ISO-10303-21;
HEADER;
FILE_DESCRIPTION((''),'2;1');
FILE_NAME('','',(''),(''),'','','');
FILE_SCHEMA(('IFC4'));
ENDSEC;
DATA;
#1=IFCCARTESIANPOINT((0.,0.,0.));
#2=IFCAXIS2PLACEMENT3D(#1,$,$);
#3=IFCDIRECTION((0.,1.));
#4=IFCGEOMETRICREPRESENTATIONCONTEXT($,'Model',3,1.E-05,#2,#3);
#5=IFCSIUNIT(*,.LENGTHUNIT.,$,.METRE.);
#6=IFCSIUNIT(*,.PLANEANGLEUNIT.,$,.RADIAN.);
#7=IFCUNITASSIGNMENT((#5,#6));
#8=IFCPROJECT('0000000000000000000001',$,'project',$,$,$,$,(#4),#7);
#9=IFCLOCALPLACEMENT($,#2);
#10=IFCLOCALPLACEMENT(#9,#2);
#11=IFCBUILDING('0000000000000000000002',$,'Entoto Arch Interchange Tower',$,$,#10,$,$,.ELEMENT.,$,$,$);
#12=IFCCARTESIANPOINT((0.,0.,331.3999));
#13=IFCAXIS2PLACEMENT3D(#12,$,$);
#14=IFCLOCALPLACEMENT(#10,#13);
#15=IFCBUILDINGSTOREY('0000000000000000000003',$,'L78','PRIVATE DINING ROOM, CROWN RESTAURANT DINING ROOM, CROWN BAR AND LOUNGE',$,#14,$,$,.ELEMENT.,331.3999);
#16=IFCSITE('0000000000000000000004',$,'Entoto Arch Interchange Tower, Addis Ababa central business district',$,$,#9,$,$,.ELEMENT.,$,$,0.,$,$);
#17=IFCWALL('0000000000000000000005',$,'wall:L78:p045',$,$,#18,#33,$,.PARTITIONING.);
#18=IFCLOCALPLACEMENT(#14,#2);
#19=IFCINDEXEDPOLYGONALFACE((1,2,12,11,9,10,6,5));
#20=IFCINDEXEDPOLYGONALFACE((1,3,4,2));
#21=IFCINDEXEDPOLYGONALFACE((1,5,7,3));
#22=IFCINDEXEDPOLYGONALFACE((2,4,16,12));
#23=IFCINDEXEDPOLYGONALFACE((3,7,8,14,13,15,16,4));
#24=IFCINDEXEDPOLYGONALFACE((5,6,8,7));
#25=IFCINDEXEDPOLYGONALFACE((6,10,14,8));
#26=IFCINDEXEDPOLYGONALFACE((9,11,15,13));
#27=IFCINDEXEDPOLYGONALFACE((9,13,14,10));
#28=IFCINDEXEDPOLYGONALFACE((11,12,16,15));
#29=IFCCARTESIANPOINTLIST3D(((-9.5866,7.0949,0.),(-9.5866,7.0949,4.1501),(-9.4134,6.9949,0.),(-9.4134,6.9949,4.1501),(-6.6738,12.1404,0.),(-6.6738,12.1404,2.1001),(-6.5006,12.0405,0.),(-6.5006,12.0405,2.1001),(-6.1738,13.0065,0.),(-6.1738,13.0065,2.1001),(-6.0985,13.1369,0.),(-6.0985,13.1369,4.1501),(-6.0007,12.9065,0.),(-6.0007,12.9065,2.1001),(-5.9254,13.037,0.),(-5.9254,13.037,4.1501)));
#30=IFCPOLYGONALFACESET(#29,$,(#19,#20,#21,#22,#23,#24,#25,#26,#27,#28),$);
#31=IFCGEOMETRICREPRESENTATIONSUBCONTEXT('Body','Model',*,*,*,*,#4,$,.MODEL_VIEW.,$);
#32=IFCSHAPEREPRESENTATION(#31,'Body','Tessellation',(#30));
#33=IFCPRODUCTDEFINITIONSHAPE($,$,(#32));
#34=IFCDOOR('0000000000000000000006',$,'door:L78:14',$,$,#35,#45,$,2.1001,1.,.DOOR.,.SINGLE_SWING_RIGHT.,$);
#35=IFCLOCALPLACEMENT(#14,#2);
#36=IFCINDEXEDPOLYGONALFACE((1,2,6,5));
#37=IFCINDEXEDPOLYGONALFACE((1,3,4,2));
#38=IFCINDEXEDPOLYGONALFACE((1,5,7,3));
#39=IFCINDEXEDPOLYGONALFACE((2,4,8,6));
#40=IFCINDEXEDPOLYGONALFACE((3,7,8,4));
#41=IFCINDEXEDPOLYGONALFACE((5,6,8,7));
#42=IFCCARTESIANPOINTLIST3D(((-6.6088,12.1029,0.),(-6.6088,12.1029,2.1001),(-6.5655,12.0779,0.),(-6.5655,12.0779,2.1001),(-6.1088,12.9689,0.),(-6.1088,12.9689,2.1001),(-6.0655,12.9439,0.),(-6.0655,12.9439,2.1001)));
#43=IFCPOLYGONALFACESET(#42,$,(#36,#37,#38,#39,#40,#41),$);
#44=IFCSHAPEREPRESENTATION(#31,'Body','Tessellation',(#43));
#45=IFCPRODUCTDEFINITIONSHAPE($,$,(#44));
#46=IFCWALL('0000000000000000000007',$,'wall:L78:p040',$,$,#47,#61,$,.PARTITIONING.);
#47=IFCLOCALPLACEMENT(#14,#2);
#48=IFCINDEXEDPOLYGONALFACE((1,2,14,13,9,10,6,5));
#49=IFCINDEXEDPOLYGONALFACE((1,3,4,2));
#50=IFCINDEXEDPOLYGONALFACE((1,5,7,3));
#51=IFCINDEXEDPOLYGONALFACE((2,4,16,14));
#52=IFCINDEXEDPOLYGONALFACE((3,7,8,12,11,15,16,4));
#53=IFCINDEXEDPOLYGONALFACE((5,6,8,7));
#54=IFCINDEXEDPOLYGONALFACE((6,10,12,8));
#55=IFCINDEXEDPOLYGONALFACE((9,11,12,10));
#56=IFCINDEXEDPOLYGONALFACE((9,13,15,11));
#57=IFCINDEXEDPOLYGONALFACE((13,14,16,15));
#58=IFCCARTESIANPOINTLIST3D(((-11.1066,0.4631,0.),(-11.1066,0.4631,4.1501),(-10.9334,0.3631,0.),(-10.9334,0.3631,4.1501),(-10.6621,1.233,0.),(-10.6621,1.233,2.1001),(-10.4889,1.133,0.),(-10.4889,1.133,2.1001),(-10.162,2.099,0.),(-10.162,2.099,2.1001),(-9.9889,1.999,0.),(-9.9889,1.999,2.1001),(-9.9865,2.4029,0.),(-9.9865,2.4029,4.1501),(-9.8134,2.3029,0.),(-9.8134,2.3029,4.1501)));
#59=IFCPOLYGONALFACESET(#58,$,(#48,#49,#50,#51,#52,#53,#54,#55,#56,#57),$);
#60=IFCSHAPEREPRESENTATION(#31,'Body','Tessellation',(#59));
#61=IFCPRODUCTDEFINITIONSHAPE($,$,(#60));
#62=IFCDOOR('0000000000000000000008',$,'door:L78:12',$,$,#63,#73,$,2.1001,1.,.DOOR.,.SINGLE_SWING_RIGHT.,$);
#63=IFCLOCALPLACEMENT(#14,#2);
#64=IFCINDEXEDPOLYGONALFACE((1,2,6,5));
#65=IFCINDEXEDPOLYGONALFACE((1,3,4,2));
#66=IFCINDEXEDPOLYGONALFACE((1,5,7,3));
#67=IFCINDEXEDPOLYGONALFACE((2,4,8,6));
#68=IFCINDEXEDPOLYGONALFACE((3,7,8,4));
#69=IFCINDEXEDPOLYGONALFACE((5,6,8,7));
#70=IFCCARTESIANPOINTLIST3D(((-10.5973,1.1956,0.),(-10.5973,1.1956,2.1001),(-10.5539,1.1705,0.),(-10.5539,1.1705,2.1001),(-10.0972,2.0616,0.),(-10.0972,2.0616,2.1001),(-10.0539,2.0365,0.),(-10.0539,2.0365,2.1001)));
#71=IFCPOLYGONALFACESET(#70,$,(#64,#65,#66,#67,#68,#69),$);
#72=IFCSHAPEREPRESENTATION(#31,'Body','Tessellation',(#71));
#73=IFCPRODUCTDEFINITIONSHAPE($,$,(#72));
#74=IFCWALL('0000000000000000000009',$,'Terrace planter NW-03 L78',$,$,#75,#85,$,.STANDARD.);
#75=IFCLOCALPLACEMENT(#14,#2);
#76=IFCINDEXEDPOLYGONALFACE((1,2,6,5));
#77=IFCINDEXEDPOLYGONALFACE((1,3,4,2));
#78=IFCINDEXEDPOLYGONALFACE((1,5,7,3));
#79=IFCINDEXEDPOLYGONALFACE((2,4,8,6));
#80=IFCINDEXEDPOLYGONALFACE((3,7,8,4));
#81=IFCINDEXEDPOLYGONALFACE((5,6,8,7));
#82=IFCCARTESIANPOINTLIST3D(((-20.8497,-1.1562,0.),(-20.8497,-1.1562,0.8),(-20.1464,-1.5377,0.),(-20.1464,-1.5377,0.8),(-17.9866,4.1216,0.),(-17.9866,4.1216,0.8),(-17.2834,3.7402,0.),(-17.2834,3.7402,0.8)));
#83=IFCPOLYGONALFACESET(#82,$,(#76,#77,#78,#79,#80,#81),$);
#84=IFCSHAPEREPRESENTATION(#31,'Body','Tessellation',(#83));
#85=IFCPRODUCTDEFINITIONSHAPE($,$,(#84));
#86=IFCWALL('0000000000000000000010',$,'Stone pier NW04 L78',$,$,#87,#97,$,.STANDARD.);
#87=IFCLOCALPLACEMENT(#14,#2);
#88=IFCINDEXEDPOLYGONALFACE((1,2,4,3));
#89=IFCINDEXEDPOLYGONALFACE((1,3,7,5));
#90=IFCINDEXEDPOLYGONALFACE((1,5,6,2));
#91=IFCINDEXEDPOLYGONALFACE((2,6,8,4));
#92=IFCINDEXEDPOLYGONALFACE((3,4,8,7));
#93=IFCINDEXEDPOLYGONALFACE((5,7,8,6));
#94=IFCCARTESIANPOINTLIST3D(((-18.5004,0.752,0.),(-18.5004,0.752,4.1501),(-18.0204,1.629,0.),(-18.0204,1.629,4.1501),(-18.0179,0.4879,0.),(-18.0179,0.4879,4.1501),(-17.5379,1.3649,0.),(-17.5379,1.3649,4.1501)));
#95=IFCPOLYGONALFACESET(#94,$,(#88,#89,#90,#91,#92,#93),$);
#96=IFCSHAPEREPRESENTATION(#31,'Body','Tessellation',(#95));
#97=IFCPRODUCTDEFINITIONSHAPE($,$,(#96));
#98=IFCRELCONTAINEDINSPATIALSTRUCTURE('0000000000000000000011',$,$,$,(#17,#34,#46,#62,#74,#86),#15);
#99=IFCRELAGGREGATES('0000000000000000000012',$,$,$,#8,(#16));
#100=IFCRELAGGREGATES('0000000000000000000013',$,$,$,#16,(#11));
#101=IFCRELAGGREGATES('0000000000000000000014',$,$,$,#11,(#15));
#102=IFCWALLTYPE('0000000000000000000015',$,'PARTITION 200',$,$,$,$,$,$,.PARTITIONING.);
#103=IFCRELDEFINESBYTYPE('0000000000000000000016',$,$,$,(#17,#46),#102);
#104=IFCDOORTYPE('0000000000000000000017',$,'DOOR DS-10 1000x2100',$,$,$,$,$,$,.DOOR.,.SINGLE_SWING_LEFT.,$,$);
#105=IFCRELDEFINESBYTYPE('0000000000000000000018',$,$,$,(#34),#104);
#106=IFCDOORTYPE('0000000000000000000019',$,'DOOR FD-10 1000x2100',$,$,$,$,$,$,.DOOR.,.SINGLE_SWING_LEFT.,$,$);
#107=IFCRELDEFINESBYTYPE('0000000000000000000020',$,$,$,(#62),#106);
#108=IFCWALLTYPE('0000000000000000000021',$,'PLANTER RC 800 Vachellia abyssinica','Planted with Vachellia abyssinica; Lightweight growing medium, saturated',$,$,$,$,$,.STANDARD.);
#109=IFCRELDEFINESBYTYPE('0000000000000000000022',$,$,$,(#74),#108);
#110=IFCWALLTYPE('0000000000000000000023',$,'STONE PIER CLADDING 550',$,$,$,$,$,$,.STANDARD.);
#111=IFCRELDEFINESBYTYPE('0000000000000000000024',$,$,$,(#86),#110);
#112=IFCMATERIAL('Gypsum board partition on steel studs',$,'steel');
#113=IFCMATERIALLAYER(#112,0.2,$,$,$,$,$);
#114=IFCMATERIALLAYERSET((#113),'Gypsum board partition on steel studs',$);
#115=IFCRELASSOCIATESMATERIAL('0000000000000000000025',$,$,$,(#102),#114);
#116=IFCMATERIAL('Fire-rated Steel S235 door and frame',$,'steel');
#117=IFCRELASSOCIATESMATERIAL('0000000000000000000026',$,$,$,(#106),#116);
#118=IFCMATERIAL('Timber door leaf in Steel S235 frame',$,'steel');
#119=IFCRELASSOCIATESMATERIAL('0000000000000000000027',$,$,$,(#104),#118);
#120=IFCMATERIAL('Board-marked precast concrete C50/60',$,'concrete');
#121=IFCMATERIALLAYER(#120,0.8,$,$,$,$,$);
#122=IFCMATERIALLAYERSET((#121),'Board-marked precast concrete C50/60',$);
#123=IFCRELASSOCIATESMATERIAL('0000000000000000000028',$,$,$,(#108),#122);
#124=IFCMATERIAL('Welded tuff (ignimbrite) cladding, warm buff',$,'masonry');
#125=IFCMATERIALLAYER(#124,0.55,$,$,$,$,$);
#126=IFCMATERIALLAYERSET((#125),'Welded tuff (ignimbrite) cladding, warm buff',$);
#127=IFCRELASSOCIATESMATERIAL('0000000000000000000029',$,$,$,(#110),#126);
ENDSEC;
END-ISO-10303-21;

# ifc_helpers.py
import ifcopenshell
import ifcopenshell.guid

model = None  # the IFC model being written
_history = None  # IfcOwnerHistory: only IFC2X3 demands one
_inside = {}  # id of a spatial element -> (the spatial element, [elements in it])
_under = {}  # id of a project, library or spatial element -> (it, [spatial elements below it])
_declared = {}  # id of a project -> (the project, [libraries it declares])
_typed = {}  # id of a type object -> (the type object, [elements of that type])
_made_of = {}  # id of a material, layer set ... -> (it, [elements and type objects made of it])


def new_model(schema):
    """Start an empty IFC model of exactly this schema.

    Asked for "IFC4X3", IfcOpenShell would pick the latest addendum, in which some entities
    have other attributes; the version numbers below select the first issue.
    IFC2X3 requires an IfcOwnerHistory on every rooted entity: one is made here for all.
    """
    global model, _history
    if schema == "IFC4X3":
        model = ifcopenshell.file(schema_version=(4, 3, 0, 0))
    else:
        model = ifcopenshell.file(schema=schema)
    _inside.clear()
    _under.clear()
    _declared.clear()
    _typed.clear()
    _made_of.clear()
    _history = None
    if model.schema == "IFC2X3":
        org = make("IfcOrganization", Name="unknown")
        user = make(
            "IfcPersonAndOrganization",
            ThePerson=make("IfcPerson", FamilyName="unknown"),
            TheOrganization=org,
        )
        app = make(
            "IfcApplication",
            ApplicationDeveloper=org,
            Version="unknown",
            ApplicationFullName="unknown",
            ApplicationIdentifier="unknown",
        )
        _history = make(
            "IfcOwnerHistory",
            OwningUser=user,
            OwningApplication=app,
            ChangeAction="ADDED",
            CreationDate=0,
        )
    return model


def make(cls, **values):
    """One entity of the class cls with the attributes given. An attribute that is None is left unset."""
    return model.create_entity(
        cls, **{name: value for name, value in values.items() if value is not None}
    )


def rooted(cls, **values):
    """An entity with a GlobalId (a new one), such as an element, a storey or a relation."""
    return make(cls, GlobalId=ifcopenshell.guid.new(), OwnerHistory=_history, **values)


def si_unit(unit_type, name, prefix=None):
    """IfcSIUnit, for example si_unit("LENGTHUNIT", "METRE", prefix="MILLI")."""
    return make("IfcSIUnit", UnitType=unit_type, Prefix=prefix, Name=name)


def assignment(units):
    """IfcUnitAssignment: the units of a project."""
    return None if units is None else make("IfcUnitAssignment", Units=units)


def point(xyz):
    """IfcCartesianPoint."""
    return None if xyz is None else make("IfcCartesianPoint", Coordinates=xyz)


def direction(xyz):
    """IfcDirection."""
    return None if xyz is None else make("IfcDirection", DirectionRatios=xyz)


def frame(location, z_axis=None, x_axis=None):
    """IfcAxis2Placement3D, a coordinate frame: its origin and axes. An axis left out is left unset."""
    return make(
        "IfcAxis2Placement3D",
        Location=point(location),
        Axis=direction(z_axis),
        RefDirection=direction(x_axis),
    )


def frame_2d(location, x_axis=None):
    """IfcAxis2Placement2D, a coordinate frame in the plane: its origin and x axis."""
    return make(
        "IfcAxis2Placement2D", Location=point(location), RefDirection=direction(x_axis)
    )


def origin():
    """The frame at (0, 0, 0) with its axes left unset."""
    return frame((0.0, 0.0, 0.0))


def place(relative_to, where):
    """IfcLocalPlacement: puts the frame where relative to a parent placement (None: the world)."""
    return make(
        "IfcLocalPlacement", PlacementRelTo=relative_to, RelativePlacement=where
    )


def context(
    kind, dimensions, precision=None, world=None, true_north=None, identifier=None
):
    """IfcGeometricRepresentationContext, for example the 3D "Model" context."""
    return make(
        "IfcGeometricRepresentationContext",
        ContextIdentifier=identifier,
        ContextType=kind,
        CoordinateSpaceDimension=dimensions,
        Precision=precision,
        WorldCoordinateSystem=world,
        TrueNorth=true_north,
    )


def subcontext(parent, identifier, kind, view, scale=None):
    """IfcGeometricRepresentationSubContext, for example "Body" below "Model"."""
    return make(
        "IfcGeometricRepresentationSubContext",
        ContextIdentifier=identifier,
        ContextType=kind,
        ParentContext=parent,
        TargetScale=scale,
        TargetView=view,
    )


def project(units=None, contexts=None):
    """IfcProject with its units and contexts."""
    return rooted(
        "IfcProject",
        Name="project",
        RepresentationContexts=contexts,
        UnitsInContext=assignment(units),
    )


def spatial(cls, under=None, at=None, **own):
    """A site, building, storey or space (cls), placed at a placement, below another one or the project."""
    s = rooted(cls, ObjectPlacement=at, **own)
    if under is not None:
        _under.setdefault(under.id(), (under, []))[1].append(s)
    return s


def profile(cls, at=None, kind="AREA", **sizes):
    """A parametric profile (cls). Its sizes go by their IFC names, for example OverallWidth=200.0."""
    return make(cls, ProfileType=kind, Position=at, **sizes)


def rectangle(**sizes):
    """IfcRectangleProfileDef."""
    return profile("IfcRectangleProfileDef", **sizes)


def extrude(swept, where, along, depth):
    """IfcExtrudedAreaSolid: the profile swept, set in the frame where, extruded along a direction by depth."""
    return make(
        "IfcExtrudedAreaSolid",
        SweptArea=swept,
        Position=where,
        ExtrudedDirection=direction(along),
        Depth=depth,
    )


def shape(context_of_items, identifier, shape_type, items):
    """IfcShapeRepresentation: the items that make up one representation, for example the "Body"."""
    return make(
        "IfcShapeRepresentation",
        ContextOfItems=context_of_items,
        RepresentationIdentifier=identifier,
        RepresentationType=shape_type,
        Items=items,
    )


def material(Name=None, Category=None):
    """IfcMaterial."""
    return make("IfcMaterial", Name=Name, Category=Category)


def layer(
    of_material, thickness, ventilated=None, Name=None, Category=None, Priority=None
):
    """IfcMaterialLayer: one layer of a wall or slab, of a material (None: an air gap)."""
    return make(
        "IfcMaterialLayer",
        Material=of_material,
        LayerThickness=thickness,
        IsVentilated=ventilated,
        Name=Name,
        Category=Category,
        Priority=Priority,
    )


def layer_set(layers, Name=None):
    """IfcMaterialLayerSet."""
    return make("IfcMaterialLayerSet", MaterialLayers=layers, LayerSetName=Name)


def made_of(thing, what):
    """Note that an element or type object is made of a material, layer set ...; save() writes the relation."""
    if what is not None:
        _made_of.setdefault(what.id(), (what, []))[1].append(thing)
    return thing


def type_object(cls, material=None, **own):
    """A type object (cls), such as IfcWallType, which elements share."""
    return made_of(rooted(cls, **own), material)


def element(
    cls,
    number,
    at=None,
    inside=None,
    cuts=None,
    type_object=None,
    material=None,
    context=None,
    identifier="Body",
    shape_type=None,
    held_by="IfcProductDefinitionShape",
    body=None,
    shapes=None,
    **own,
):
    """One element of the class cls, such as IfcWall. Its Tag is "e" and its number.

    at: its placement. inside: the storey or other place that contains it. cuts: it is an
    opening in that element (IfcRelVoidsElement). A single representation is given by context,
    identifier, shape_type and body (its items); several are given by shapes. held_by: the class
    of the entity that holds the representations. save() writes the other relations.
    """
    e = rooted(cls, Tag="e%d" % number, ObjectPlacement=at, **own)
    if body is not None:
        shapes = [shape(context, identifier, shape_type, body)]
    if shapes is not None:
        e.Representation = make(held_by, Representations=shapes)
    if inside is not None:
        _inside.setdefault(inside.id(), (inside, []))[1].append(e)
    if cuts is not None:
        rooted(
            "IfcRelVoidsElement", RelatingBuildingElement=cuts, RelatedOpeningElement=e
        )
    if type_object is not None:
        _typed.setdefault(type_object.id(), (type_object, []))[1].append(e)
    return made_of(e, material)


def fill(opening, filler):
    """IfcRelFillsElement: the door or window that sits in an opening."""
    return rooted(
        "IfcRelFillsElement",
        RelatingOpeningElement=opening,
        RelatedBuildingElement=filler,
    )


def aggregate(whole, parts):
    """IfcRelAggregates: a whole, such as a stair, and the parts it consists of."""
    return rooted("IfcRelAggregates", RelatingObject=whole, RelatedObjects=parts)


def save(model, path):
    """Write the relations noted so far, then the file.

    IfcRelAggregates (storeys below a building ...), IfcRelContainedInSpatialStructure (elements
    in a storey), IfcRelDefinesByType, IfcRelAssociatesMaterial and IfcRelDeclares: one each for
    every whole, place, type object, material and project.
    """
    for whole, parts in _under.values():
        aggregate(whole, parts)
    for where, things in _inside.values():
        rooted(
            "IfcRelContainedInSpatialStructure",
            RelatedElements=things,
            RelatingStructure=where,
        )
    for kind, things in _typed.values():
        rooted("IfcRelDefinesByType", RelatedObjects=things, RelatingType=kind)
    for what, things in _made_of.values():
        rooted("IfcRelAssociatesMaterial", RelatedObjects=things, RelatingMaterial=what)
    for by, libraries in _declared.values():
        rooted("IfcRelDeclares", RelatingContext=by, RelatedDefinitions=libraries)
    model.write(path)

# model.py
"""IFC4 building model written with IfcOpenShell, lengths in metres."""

from ifc_helpers import new_model, si_unit, direction, frame, frame_2d, origin, place, context, subcontext, project, spatial, rectangle, extrude, material, layer, layer_set, type_object, element, fill, save


model = new_model("IFC4")

# Units and contexts
model_context = context("Model", 3, precision=1e-05, world=origin(), true_north=direction((0.0, 1.0)))
body_context = subcontext(model_context, "Body", "Model", "MODEL_VIEW")
ifc_project = project(units=[si_unit("LENGTHUNIT", "METRE"), si_unit("PLANEANGLEUNIT", "RADIAN")], contexts=[model_context])

# Site, building, storey
site_placement = place(None, origin())
site = spatial("IfcSite", under=ifc_project, at=site_placement, Name="Entoto Arch Interchange Tower, Addis Ababa central business district", CompositionType="ELEMENT", RefElevation=0.0)
building_placement = place(site_placement, origin())
building = spatial("IfcBuilding", under=site, at=building_placement, Name="Entoto Arch Interchange Tower", CompositionType="ELEMENT")
storey_placement = place(building_placement, frame((0.0, 0.0, 331.3999)))
storey = spatial("IfcBuildingStorey", under=building, at=storey_placement, Name="L78", Description="PRIVATE DINING ROOM, CROWN RESTAURANT DINING ROOM, CROWN BAR AND LOUNGE", CompositionType="ELEMENT", Elevation=331.3999)

# Shared definitions
ifc_material_1 = material(Name="Fire-rated Steel S235 door and frame", Category="steel")

# Shared definitions
ifc_material_2 = material(Name="Gypsum board partition on steel studs", Category="steel")
ifc_layer_1 = layer(ifc_material_2, 0.2)
ifc_layer_set_1 = layer_set([ifc_layer_1], Name="Gypsum board partition on steel studs")
wall_type_1 = type_object("IfcWallType", Name="PARTITION 200", PredefinedType="PARTITIONING", material=ifc_layer_set_1)
door_type_1 = type_object("IfcDoorType", Name="DOOR FD-10 1000x2100", OperationType="SINGLE_SWING_LEFT", PredefinedType="DOOR", material=ifc_material_1)

# Walls, openings, doors
wall_1_placement = place(storey_placement, frame((-9.5, 7.0449, 0.0), z_axis=(0.0, 0.0, 1.0), x_axis=(0.499967, 0.866045, 0.0)))
wall_1 = element("IfcWall", 1, at=wall_1_placement, inside=storey, type_object=wall_type_1, Name="wall:L78:p045", PredefinedType="PARTITIONING", context=body_context, shape_type="SweptSolid", body=[
    extrude(rectangle(XDim=6.9766, YDim=0.2, at=frame_2d((3.4883, 0.0))), origin(), (0.0, 0.0, 1.0), 4.1501),
])
opening_1_placement = place(wall_1_placement, frame((5.8259, 0.0, 0.0)))
opening_1 = element("IfcOpeningElement", 2, at=opening_1_placement, cuts=wall_1, PredefinedType="OPENING", context=body_context, shape_type="SweptSolid", body=[
    extrude(rectangle(XDim=1.0, YDim=2.1001, at=frame_2d((0.5, 1.05))), frame((0.0, 0.1099, 0.0), z_axis=(0.0, -1.0, 0.0), x_axis=(1.0, 0.0, 0.0)), (0.0, 0.0, 1.0), 0.22),
])
ifc_material_3 = material(Name="Timber door leaf in Steel S235 frame", Category="steel")
door_type_2 = type_object("IfcDoorType", Name="DOOR DS-10 1000x2100", OperationType="SINGLE_SWING_LEFT", PredefinedType="DOOR", material=ifc_material_3)
door_1_placement = place(opening_1_placement, origin())
door_1 = element("IfcDoor", 3, at=door_1_placement, inside=storey, type_object=door_type_2, Name="door:L78:14", OperationType="SINGLE_SWING_RIGHT", OverallHeight=2.1001, OverallWidth=1.0, PredefinedType="DOOR", context=body_context, shape_type="SweptSolid", body=[
    extrude(rectangle(XDim=1.0, YDim=2.1001, at=frame_2d((0.5, 1.05))), frame((0.0, 0.0249, 0.0), z_axis=(0.0, -1.0, 0.0), x_axis=(1.0, 0.0, 0.0)), (0.0, 0.0, 1.0), 0.05),
])
fill(opening_1, door_1)
wall_2_placement = place(storey_placement, frame((-9.8999, 2.353, 0.0), z_axis=(0.0, 0.0, 1.0), x_axis=(-0.500031, -0.866008, 0.0)))
wall_2 = element("IfcWall", 4, at=wall_2_placement, inside=storey, type_object=wall_type_1, Name="wall:L78:p040", PredefinedType="PARTITIONING", context=body_context, shape_type="SweptSolid", body=[
    extrude(rectangle(XDim=2.24, YDim=0.2, at=frame_2d((1.1201, 0.0))), origin(), (0.0, 0.0, 1.0), 4.1501),
])
opening_2_placement = place(wall_2_placement, frame((0.3511, 0.0, 0.0)))
opening_2 = element("IfcOpeningElement", 5, at=opening_2_placement, cuts=wall_2, PredefinedType="OPENING", context=body_context, shape_type="SweptSolid", body=[
    extrude(rectangle(XDim=1.0, YDim=2.1001, at=frame_2d((0.5, 1.05))), frame((0.0, 0.1099, 0.0), z_axis=(0.0, -1.0, 0.0), x_axis=(1.0, 0.0, 0.0)), (0.0, 0.0, 1.0), 0.22),
])
door_2_placement = place(opening_2_placement, origin())
door_2 = element("IfcDoor", 6, at=door_2_placement, inside=storey, type_object=door_type_1, Name="door:L78:12", OperationType="SINGLE_SWING_RIGHT", OverallHeight=2.1001, OverallWidth=1.0, PredefinedType="DOOR", context=body_context, shape_type="SweptSolid", body=[
    extrude(rectangle(XDim=1.0, YDim=2.1001, at=frame_2d((0.5, 1.05))), frame((0.0, 0.0249, 0.0), z_axis=(0.0, -1.0, 0.0), x_axis=(1.0, 0.0, 0.0)), (0.0, 0.0, 1.0), 0.05),
])
fill(opening_2, door_2)

# Walls
ifc_material_4 = material(Name="Board-marked precast concrete C50/60", Category="concrete")
ifc_layer_2 = layer(ifc_material_4, 0.8)
ifc_layer_set_2 = layer_set([ifc_layer_2], Name="Board-marked precast concrete C50/60")
wall_type_2 = type_object("IfcWallType", Name="PLANTER RC 800 Vachellia abyssinica", Description="Planted with Vachellia abyssinica; Lightweight growing medium, saturated", PredefinedType="STANDARD", material=ifc_layer_set_2)
wall_3_placement = place(storey_placement, frame((-17.635, 3.9309, 0.0), z_axis=(0.0, 0.0, 1.0), x_axis=(-0.476825, -0.878998, 0.0)))
element("IfcWall", 7, at=wall_3_placement, inside=storey, type_object=wall_type_2, Name="Terrace planter NW-03 L78", PredefinedType="STANDARD", context=body_context, shape_type="SweptSolid", body=[
    extrude(rectangle(XDim=6.0044, YDim=0.8, at=frame_2d((3.0022, 0.0))), origin(), (0.0, 0.0, 1.0), 0.8),
])
ifc_material_5 = material(Name="Welded tuff (ignimbrite) cladding, warm buff", Category="masonry")
ifc_layer_3 = layer(ifc_material_5, 0.55)
ifc_layer_set_3 = layer_set([ifc_layer_3], Name="Welded tuff (ignimbrite) cladding, warm buff")
wall_type_3 = type_object("IfcWallType", Name="STONE PIER CLADDING 550", PredefinedType="STANDARD", material=ifc_layer_set_3)
wall_4_placement = place(storey_placement, frame((-17.7791, 1.4971, 0.0), z_axis=(0.0, 0.0, 1.0), x_axis=(-0.480118, -0.877204, 0.0)))
element("IfcWall", 8, at=wall_4_placement, inside=storey, type_object=wall_type_3, Name="Stone pier NW04 L78", PredefinedType="STANDARD", context=body_context, shape_type="SweptSolid", body=[
    extrude(rectangle(XDim=0.9998, YDim=0.55, at=frame_2d((0.5, 0.0))), origin(), (0.0, 0.0, 1.0), 4.1501),
])

save(model, "model.ifc")
